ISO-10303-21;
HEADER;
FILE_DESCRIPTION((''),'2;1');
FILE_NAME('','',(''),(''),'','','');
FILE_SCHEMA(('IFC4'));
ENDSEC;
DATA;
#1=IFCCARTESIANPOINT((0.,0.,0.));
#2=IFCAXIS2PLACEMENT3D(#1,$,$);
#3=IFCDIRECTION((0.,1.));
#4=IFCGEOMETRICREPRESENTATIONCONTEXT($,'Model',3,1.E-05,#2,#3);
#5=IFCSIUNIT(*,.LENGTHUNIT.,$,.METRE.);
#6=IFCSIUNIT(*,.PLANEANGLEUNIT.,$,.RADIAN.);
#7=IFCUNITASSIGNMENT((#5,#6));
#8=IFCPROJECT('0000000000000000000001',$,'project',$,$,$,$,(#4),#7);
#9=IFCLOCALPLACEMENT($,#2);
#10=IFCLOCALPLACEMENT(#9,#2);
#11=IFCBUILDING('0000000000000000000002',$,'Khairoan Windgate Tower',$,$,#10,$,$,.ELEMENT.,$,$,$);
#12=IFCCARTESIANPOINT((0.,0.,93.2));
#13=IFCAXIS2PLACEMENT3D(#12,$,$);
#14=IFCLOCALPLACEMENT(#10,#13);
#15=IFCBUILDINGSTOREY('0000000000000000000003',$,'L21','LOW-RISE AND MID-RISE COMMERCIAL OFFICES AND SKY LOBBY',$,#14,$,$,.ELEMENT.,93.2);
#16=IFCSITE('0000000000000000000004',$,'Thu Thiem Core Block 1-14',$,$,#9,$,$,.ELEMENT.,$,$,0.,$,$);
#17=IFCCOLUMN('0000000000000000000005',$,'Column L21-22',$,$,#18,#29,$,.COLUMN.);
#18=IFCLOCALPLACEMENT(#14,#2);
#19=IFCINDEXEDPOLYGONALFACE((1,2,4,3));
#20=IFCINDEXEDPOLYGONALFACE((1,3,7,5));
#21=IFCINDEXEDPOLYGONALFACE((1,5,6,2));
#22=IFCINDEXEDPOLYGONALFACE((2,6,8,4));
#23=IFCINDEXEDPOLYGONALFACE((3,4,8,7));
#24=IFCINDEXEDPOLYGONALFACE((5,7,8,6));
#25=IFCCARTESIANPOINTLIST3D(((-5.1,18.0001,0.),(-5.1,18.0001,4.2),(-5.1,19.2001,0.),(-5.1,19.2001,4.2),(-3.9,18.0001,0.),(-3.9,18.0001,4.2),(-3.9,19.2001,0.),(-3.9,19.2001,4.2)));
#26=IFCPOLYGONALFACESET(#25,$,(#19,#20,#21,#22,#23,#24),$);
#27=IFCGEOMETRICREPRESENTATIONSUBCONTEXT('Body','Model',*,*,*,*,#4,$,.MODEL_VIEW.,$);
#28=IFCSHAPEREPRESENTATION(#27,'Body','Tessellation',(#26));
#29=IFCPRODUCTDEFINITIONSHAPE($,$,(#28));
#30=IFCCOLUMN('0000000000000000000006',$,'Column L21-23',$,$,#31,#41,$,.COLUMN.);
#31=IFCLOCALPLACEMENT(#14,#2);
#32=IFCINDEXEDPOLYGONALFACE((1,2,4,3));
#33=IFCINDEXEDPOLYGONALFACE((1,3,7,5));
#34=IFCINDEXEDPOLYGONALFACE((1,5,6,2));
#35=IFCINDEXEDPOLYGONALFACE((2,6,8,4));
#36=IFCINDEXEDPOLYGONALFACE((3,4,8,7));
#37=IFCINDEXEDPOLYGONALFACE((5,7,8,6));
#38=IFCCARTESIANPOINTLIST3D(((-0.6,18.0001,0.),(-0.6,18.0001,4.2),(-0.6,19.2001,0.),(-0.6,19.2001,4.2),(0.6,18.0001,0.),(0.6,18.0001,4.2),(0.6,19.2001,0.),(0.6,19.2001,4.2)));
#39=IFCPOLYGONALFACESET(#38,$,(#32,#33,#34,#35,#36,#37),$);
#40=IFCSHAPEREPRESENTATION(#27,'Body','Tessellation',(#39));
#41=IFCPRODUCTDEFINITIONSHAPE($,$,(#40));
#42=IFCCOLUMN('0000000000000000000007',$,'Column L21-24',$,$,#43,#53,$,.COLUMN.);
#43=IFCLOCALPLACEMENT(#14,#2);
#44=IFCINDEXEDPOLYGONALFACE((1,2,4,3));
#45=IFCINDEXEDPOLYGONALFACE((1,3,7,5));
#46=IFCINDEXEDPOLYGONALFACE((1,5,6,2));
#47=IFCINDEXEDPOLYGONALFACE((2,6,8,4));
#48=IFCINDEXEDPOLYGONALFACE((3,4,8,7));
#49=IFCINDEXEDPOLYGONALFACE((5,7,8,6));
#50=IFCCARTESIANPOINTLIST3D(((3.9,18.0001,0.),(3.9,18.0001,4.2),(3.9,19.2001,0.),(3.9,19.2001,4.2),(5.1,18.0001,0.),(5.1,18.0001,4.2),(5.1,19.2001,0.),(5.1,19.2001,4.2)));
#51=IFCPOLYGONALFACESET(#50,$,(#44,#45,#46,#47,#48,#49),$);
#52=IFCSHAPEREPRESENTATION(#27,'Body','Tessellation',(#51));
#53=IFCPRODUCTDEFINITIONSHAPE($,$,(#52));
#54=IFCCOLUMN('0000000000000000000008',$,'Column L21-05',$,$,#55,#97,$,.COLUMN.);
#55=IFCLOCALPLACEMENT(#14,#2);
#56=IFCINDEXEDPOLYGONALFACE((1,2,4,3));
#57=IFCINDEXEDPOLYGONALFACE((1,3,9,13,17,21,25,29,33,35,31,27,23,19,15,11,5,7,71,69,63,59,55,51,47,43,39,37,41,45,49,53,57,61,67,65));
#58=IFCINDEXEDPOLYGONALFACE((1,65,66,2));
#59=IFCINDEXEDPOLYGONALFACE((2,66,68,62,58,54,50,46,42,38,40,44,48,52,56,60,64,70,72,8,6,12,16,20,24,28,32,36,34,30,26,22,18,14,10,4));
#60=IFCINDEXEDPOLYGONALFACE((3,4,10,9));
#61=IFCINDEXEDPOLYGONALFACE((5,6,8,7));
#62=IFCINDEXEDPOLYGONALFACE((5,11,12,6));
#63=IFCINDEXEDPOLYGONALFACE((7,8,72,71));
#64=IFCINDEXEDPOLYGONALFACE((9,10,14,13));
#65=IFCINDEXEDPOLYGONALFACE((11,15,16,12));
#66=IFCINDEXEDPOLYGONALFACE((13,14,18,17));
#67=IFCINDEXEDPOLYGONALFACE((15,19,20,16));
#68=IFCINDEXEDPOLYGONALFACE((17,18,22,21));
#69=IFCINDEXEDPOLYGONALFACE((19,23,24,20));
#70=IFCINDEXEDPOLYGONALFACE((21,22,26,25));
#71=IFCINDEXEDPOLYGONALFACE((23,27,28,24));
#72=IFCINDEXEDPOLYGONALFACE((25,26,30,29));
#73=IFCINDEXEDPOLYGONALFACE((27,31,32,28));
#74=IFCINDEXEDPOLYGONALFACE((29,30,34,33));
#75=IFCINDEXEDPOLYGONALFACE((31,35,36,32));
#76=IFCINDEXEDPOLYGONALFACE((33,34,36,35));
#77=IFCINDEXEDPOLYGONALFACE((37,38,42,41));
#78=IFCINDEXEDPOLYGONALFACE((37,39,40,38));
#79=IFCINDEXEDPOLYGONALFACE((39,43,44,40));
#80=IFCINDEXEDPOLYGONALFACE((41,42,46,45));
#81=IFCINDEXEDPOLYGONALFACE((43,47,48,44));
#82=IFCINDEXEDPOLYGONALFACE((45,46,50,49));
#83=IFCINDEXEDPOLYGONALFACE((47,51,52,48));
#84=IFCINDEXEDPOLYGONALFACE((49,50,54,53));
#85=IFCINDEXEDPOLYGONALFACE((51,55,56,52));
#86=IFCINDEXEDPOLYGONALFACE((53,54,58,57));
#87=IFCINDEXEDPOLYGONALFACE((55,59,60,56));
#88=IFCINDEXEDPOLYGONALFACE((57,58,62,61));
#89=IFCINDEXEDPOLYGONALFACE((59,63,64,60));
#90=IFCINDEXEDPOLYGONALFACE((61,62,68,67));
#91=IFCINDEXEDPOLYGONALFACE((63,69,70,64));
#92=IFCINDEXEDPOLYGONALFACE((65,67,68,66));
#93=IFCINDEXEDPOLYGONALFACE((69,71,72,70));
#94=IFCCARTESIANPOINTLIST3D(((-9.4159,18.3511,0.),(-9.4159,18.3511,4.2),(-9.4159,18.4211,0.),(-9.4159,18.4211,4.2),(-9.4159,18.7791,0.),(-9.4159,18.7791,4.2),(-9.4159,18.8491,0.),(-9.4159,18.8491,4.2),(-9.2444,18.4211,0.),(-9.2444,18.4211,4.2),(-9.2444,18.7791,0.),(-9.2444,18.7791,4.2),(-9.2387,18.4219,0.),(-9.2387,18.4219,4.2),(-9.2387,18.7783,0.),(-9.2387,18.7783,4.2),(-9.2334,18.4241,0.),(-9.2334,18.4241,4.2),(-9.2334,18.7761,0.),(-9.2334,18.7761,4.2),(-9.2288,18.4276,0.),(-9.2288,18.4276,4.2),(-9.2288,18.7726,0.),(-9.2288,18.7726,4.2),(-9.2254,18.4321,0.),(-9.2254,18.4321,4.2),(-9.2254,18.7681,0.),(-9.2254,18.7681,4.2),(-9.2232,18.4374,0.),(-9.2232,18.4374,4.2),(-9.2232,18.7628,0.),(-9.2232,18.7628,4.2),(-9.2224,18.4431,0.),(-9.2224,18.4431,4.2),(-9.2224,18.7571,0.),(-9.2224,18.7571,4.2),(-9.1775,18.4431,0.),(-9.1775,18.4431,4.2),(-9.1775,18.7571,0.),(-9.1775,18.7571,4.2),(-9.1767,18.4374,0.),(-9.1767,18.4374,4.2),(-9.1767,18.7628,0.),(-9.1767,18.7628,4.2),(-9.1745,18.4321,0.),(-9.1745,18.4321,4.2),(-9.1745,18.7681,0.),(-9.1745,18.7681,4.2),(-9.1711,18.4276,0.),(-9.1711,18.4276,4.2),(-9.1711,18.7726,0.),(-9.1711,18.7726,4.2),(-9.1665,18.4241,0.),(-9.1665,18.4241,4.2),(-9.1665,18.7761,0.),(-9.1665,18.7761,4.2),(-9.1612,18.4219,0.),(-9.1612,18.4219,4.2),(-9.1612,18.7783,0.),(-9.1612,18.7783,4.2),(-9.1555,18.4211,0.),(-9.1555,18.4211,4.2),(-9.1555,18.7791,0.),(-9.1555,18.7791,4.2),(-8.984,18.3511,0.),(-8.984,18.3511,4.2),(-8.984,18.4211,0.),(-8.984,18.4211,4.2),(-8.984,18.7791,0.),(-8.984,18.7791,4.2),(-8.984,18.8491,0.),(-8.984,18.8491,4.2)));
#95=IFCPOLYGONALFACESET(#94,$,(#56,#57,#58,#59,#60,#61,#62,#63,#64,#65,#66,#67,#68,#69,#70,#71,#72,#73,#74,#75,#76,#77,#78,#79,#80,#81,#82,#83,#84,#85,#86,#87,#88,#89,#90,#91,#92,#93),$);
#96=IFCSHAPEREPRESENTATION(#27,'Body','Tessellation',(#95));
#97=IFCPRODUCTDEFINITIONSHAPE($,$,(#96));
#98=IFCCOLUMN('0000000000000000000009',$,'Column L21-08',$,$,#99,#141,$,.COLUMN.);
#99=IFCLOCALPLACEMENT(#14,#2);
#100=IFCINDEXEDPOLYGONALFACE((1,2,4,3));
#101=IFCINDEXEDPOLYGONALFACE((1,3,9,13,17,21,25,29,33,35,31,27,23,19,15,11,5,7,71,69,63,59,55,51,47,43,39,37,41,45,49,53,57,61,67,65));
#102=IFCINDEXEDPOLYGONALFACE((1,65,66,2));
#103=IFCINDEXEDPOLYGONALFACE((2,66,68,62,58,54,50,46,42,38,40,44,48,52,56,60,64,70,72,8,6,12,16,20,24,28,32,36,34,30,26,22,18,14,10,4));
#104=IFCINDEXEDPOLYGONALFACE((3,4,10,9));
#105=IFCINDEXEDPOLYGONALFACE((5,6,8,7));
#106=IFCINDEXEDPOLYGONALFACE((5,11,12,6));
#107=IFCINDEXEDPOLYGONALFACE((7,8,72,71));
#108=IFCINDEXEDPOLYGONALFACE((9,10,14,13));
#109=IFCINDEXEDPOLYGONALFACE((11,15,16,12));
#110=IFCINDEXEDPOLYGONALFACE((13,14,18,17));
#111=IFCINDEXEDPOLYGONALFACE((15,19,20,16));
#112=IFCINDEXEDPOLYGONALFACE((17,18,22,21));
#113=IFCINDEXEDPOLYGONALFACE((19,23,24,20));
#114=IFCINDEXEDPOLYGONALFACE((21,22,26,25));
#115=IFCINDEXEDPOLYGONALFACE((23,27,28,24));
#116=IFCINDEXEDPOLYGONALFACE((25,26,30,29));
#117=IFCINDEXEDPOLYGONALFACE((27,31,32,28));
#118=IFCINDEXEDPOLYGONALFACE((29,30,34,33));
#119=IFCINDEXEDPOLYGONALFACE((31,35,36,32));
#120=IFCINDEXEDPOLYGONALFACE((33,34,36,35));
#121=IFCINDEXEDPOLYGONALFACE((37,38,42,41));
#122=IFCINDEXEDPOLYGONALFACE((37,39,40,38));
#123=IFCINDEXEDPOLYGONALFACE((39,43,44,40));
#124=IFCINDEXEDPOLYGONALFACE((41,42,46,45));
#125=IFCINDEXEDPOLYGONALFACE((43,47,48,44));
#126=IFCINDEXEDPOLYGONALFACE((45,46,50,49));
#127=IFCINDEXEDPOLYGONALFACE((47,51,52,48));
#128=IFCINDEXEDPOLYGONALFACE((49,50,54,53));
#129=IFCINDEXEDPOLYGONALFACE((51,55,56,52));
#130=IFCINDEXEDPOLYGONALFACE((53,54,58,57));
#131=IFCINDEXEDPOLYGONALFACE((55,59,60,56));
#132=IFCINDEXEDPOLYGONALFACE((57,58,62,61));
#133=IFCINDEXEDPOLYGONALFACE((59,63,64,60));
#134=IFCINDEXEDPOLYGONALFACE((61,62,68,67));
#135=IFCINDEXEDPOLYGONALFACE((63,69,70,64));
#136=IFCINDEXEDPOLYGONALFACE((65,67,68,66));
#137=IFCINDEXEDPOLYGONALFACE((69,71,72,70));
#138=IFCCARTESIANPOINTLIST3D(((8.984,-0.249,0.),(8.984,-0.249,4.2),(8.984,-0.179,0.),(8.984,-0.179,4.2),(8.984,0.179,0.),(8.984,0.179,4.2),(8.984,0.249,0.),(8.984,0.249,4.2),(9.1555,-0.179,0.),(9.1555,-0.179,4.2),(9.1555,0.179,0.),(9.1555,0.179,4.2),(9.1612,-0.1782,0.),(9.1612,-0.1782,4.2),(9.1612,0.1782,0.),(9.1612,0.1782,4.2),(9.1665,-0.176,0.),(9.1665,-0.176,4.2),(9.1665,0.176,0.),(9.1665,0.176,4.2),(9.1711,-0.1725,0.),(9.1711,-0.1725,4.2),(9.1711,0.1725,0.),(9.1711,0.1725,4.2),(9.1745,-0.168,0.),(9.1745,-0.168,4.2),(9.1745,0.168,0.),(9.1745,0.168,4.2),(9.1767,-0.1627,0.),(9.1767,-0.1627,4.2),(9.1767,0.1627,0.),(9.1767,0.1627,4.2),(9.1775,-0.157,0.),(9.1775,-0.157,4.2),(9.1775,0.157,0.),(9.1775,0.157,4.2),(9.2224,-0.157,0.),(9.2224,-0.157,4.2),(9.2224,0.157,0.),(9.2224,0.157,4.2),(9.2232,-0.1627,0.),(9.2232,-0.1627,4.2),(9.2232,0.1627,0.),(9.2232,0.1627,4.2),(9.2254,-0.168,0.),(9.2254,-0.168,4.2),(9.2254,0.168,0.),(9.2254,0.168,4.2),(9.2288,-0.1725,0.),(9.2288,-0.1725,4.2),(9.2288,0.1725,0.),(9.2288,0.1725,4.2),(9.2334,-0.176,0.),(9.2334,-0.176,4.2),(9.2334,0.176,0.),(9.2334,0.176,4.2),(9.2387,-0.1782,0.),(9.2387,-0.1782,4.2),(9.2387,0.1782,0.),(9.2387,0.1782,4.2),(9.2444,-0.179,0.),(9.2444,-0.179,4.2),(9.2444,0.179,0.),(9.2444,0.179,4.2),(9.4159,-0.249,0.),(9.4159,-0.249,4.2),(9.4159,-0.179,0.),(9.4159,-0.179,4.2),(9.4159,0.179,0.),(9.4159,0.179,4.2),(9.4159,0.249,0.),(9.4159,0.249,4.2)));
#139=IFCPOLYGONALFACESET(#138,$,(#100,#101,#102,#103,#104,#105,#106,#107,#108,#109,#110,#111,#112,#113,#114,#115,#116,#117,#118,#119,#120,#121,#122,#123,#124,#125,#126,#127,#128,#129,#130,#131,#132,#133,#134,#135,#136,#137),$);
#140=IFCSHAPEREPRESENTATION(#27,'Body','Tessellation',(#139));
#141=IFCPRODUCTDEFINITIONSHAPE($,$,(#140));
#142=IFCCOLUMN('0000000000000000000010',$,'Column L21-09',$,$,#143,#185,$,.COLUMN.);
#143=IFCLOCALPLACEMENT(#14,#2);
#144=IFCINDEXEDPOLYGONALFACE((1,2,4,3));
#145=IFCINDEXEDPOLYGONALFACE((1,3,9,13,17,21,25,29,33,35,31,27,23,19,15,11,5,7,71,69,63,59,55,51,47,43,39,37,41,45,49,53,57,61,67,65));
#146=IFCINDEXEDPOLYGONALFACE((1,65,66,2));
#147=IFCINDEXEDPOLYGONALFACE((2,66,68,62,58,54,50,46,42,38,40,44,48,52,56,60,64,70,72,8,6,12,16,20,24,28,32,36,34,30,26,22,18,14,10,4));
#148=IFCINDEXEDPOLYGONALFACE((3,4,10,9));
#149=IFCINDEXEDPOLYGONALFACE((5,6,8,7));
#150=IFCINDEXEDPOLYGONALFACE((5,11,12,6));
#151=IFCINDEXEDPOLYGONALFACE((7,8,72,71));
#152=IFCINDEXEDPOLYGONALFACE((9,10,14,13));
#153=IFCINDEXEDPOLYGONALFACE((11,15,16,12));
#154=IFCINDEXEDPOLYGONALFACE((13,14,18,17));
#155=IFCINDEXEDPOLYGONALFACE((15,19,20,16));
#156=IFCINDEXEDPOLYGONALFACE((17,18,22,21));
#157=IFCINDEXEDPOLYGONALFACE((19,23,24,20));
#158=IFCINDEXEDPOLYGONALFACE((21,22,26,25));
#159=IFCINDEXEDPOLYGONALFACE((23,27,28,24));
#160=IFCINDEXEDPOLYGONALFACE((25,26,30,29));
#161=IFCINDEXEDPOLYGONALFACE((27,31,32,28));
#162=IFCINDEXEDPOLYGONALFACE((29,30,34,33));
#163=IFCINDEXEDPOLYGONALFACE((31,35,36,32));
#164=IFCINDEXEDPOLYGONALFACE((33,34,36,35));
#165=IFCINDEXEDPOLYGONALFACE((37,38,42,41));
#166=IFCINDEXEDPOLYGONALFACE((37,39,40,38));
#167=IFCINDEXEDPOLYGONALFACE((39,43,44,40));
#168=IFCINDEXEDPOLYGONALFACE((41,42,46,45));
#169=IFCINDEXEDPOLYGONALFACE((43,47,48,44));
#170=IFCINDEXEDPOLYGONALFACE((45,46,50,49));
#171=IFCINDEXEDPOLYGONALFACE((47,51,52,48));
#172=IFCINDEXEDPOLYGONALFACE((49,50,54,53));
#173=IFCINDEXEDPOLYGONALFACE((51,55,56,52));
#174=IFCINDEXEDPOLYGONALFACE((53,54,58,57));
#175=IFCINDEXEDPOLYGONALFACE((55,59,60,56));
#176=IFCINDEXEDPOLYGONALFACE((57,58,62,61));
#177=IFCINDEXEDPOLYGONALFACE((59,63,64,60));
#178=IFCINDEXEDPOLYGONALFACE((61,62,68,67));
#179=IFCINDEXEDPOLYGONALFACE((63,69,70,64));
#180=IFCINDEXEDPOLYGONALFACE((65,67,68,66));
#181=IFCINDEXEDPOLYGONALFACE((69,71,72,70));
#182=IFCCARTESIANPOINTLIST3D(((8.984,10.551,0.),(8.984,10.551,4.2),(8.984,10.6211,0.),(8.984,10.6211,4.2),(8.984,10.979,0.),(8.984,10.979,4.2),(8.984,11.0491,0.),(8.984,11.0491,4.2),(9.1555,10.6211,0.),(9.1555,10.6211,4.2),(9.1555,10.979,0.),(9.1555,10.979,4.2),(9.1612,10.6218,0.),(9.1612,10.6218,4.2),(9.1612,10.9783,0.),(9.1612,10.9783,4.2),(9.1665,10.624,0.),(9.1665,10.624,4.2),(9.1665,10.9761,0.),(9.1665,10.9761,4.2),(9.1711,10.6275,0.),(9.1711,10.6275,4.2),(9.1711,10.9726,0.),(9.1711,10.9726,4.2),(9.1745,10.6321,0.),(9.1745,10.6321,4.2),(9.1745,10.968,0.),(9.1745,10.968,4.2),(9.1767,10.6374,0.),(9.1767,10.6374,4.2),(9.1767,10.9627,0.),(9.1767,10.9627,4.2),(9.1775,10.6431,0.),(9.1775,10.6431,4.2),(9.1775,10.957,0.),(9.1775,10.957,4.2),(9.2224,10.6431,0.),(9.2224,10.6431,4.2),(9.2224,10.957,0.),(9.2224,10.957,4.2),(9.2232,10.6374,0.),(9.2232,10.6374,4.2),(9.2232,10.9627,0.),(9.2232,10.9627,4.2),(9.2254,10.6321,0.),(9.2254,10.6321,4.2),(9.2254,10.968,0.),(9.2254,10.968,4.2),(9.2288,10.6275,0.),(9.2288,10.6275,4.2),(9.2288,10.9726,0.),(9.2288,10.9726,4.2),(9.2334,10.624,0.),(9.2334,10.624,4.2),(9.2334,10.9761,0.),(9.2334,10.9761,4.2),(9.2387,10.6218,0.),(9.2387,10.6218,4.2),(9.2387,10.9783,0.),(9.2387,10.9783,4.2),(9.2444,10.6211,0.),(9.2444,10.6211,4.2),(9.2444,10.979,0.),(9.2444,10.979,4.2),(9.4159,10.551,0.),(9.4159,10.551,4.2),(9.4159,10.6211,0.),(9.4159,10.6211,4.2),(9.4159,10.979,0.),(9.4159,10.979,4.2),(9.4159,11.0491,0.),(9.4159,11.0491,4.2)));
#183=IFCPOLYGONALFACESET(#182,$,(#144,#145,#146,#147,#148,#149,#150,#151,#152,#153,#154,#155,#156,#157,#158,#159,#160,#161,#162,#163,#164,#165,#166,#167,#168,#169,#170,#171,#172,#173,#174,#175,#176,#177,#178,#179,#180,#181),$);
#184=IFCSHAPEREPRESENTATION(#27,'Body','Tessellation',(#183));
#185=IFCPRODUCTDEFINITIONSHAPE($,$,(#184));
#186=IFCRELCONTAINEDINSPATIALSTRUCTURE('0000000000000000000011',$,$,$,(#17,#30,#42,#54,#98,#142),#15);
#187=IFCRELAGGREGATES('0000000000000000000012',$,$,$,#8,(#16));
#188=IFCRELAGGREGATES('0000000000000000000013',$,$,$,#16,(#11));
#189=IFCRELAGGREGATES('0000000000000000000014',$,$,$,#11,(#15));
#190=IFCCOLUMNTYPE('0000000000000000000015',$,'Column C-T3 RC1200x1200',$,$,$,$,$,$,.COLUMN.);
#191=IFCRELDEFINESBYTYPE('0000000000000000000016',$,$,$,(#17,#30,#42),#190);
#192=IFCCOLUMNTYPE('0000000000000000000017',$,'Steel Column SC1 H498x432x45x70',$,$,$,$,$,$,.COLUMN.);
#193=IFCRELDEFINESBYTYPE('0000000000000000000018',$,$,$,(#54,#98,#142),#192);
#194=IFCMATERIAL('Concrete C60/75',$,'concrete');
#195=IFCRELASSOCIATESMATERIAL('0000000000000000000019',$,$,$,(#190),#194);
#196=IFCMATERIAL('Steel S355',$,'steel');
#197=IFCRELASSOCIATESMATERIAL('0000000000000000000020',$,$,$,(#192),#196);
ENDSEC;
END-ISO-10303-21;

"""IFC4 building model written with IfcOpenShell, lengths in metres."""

from ifc_helpers import new_model, si_unit, direction, frame, origin, origin_2d, place, context, subcontext, project, spatial, rectangle, i_section, extrude, material, material_profile, profile_set, type_object, element, save


model = new_model("IFC4")

# Units and contexts
model_context = context("Model", 3, precision=1e-05, world=origin(), true_north=direction((0.0, 1.0)))
body_context = subcontext(model_context, "Body", "Model", "MODEL_VIEW")
ifc_project = project(units=[si_unit("LENGTHUNIT", "METRE"), si_unit("PLANEANGLEUNIT", "RADIAN")], contexts=[model_context])

# Site, building, storey
site_placement = place(None, origin())
site = spatial("IfcSite", under=ifc_project, at=site_placement, Name="Thu Thiem Core Block 1-14", CompositionType="ELEMENT", RefElevation=0.0)
building_placement = place(site_placement, origin())
building = spatial("IfcBuilding", under=site, at=building_placement, Name="Khairoan Windgate Tower", CompositionType="ELEMENT")
storey_placement = place(building_placement, frame((0.0, 0.0, 93.2)))
storey = spatial("IfcBuildingStorey", under=building, at=storey_placement, Name="L21", Description="LOW-RISE AND MID-RISE COMMERCIAL OFFICES AND SKY LOBBY", CompositionType="ELEMENT", Elevation=93.2)

# Columns
ifc_material_1 = material(Name="Concrete C60/75", Category="concrete")
ifc_material_profile_1 = material_profile(ifc_material_1, rectangle(XDim=1.2, YDim=1.2, at=origin_2d()))
ifc_profile_set_1 = profile_set([ifc_material_profile_1], Name="Concrete C60/75")
column_type_1 = type_object("IfcColumnType", Name="Column C-T3 RC1200x1200", PredefinedType="COLUMN", material=ifc_profile_set_1)
for number, where, z_axis, x_axis, name in (
    (1, (-4.5, 18.6001, 0.0), (0.0, 0.0, 1.0), (1.0, 0.0, 0.0), "Column L21-22"),
    (2, (0.0, 18.6001, 0.0), (0.0, 0.0, 1.0), (1.0, 0.0, 0.0), "Column L21-23"),
    (3, (4.5, 18.6001, 0.0), (0.0, 0.0, 1.0), (1.0, 0.0, 0.0), "Column L21-24"),
):
    element("IfcColumn", number, at=place(storey_placement, frame(where, z_axis=z_axis, x_axis=x_axis)), inside=storey, type_object=column_type_1, Name=name, PredefinedType="COLUMN", context=body_context, shape_type="SweptSolid", body=[
        extrude(rectangle(XDim=1.2, YDim=1.2, at=origin_2d()), origin(), (0.0, 0.0, 1.0), 4.2),
    ])
ifc_material_2 = material(Name="Steel S355", Category="steel")
ifc_material_profile_2 = material_profile(ifc_material_2, i_section(OverallWidth=0.4319, OverallDepth=0.498, WebThickness=0.0449, FlangeThickness=0.0701, FilletRadius=0.022, at=origin_2d()))
ifc_profile_set_2 = profile_set([ifc_material_profile_2], Name="Steel S355")
column_type_2 = type_object("IfcColumnType", Name="Steel Column SC1 H498x432x45x70", PredefinedType="COLUMN", material=ifc_profile_set_2)
for number, where, z_axis, x_axis, name in (
    (4, (-9.2, 18.6001, 0.0), (0.0, 0.0, 1.0), (1.0, 0.0, 0.0), "Column L21-05"),
    (5, (9.2, 0.0, 0.0), (0.0, 0.0, 1.0), (1.0, 0.0, 0.0), "Column L21-08"),
    (6, (9.2, 10.8, 0.0), (0.0, 0.0, 1.0), (1.0, 0.0, 0.0), "Column L21-09"),
):
    element("IfcColumn", number, at=place(storey_placement, frame(where, z_axis=z_axis, x_axis=x_axis)), inside=storey, type_object=column_type_2, Name=name, PredefinedType="COLUMN", context=body_context, shape_type="SweptSolid", body=[
        extrude(i_section(OverallWidth=0.4319, OverallDepth=0.498, WebThickness=0.0449, FlangeThickness=0.0701, FilletRadius=0.022, at=origin_2d()), origin(), (0.0, 0.0, 1.0), 4.2),
    ])

save(model, "model.ifc")
